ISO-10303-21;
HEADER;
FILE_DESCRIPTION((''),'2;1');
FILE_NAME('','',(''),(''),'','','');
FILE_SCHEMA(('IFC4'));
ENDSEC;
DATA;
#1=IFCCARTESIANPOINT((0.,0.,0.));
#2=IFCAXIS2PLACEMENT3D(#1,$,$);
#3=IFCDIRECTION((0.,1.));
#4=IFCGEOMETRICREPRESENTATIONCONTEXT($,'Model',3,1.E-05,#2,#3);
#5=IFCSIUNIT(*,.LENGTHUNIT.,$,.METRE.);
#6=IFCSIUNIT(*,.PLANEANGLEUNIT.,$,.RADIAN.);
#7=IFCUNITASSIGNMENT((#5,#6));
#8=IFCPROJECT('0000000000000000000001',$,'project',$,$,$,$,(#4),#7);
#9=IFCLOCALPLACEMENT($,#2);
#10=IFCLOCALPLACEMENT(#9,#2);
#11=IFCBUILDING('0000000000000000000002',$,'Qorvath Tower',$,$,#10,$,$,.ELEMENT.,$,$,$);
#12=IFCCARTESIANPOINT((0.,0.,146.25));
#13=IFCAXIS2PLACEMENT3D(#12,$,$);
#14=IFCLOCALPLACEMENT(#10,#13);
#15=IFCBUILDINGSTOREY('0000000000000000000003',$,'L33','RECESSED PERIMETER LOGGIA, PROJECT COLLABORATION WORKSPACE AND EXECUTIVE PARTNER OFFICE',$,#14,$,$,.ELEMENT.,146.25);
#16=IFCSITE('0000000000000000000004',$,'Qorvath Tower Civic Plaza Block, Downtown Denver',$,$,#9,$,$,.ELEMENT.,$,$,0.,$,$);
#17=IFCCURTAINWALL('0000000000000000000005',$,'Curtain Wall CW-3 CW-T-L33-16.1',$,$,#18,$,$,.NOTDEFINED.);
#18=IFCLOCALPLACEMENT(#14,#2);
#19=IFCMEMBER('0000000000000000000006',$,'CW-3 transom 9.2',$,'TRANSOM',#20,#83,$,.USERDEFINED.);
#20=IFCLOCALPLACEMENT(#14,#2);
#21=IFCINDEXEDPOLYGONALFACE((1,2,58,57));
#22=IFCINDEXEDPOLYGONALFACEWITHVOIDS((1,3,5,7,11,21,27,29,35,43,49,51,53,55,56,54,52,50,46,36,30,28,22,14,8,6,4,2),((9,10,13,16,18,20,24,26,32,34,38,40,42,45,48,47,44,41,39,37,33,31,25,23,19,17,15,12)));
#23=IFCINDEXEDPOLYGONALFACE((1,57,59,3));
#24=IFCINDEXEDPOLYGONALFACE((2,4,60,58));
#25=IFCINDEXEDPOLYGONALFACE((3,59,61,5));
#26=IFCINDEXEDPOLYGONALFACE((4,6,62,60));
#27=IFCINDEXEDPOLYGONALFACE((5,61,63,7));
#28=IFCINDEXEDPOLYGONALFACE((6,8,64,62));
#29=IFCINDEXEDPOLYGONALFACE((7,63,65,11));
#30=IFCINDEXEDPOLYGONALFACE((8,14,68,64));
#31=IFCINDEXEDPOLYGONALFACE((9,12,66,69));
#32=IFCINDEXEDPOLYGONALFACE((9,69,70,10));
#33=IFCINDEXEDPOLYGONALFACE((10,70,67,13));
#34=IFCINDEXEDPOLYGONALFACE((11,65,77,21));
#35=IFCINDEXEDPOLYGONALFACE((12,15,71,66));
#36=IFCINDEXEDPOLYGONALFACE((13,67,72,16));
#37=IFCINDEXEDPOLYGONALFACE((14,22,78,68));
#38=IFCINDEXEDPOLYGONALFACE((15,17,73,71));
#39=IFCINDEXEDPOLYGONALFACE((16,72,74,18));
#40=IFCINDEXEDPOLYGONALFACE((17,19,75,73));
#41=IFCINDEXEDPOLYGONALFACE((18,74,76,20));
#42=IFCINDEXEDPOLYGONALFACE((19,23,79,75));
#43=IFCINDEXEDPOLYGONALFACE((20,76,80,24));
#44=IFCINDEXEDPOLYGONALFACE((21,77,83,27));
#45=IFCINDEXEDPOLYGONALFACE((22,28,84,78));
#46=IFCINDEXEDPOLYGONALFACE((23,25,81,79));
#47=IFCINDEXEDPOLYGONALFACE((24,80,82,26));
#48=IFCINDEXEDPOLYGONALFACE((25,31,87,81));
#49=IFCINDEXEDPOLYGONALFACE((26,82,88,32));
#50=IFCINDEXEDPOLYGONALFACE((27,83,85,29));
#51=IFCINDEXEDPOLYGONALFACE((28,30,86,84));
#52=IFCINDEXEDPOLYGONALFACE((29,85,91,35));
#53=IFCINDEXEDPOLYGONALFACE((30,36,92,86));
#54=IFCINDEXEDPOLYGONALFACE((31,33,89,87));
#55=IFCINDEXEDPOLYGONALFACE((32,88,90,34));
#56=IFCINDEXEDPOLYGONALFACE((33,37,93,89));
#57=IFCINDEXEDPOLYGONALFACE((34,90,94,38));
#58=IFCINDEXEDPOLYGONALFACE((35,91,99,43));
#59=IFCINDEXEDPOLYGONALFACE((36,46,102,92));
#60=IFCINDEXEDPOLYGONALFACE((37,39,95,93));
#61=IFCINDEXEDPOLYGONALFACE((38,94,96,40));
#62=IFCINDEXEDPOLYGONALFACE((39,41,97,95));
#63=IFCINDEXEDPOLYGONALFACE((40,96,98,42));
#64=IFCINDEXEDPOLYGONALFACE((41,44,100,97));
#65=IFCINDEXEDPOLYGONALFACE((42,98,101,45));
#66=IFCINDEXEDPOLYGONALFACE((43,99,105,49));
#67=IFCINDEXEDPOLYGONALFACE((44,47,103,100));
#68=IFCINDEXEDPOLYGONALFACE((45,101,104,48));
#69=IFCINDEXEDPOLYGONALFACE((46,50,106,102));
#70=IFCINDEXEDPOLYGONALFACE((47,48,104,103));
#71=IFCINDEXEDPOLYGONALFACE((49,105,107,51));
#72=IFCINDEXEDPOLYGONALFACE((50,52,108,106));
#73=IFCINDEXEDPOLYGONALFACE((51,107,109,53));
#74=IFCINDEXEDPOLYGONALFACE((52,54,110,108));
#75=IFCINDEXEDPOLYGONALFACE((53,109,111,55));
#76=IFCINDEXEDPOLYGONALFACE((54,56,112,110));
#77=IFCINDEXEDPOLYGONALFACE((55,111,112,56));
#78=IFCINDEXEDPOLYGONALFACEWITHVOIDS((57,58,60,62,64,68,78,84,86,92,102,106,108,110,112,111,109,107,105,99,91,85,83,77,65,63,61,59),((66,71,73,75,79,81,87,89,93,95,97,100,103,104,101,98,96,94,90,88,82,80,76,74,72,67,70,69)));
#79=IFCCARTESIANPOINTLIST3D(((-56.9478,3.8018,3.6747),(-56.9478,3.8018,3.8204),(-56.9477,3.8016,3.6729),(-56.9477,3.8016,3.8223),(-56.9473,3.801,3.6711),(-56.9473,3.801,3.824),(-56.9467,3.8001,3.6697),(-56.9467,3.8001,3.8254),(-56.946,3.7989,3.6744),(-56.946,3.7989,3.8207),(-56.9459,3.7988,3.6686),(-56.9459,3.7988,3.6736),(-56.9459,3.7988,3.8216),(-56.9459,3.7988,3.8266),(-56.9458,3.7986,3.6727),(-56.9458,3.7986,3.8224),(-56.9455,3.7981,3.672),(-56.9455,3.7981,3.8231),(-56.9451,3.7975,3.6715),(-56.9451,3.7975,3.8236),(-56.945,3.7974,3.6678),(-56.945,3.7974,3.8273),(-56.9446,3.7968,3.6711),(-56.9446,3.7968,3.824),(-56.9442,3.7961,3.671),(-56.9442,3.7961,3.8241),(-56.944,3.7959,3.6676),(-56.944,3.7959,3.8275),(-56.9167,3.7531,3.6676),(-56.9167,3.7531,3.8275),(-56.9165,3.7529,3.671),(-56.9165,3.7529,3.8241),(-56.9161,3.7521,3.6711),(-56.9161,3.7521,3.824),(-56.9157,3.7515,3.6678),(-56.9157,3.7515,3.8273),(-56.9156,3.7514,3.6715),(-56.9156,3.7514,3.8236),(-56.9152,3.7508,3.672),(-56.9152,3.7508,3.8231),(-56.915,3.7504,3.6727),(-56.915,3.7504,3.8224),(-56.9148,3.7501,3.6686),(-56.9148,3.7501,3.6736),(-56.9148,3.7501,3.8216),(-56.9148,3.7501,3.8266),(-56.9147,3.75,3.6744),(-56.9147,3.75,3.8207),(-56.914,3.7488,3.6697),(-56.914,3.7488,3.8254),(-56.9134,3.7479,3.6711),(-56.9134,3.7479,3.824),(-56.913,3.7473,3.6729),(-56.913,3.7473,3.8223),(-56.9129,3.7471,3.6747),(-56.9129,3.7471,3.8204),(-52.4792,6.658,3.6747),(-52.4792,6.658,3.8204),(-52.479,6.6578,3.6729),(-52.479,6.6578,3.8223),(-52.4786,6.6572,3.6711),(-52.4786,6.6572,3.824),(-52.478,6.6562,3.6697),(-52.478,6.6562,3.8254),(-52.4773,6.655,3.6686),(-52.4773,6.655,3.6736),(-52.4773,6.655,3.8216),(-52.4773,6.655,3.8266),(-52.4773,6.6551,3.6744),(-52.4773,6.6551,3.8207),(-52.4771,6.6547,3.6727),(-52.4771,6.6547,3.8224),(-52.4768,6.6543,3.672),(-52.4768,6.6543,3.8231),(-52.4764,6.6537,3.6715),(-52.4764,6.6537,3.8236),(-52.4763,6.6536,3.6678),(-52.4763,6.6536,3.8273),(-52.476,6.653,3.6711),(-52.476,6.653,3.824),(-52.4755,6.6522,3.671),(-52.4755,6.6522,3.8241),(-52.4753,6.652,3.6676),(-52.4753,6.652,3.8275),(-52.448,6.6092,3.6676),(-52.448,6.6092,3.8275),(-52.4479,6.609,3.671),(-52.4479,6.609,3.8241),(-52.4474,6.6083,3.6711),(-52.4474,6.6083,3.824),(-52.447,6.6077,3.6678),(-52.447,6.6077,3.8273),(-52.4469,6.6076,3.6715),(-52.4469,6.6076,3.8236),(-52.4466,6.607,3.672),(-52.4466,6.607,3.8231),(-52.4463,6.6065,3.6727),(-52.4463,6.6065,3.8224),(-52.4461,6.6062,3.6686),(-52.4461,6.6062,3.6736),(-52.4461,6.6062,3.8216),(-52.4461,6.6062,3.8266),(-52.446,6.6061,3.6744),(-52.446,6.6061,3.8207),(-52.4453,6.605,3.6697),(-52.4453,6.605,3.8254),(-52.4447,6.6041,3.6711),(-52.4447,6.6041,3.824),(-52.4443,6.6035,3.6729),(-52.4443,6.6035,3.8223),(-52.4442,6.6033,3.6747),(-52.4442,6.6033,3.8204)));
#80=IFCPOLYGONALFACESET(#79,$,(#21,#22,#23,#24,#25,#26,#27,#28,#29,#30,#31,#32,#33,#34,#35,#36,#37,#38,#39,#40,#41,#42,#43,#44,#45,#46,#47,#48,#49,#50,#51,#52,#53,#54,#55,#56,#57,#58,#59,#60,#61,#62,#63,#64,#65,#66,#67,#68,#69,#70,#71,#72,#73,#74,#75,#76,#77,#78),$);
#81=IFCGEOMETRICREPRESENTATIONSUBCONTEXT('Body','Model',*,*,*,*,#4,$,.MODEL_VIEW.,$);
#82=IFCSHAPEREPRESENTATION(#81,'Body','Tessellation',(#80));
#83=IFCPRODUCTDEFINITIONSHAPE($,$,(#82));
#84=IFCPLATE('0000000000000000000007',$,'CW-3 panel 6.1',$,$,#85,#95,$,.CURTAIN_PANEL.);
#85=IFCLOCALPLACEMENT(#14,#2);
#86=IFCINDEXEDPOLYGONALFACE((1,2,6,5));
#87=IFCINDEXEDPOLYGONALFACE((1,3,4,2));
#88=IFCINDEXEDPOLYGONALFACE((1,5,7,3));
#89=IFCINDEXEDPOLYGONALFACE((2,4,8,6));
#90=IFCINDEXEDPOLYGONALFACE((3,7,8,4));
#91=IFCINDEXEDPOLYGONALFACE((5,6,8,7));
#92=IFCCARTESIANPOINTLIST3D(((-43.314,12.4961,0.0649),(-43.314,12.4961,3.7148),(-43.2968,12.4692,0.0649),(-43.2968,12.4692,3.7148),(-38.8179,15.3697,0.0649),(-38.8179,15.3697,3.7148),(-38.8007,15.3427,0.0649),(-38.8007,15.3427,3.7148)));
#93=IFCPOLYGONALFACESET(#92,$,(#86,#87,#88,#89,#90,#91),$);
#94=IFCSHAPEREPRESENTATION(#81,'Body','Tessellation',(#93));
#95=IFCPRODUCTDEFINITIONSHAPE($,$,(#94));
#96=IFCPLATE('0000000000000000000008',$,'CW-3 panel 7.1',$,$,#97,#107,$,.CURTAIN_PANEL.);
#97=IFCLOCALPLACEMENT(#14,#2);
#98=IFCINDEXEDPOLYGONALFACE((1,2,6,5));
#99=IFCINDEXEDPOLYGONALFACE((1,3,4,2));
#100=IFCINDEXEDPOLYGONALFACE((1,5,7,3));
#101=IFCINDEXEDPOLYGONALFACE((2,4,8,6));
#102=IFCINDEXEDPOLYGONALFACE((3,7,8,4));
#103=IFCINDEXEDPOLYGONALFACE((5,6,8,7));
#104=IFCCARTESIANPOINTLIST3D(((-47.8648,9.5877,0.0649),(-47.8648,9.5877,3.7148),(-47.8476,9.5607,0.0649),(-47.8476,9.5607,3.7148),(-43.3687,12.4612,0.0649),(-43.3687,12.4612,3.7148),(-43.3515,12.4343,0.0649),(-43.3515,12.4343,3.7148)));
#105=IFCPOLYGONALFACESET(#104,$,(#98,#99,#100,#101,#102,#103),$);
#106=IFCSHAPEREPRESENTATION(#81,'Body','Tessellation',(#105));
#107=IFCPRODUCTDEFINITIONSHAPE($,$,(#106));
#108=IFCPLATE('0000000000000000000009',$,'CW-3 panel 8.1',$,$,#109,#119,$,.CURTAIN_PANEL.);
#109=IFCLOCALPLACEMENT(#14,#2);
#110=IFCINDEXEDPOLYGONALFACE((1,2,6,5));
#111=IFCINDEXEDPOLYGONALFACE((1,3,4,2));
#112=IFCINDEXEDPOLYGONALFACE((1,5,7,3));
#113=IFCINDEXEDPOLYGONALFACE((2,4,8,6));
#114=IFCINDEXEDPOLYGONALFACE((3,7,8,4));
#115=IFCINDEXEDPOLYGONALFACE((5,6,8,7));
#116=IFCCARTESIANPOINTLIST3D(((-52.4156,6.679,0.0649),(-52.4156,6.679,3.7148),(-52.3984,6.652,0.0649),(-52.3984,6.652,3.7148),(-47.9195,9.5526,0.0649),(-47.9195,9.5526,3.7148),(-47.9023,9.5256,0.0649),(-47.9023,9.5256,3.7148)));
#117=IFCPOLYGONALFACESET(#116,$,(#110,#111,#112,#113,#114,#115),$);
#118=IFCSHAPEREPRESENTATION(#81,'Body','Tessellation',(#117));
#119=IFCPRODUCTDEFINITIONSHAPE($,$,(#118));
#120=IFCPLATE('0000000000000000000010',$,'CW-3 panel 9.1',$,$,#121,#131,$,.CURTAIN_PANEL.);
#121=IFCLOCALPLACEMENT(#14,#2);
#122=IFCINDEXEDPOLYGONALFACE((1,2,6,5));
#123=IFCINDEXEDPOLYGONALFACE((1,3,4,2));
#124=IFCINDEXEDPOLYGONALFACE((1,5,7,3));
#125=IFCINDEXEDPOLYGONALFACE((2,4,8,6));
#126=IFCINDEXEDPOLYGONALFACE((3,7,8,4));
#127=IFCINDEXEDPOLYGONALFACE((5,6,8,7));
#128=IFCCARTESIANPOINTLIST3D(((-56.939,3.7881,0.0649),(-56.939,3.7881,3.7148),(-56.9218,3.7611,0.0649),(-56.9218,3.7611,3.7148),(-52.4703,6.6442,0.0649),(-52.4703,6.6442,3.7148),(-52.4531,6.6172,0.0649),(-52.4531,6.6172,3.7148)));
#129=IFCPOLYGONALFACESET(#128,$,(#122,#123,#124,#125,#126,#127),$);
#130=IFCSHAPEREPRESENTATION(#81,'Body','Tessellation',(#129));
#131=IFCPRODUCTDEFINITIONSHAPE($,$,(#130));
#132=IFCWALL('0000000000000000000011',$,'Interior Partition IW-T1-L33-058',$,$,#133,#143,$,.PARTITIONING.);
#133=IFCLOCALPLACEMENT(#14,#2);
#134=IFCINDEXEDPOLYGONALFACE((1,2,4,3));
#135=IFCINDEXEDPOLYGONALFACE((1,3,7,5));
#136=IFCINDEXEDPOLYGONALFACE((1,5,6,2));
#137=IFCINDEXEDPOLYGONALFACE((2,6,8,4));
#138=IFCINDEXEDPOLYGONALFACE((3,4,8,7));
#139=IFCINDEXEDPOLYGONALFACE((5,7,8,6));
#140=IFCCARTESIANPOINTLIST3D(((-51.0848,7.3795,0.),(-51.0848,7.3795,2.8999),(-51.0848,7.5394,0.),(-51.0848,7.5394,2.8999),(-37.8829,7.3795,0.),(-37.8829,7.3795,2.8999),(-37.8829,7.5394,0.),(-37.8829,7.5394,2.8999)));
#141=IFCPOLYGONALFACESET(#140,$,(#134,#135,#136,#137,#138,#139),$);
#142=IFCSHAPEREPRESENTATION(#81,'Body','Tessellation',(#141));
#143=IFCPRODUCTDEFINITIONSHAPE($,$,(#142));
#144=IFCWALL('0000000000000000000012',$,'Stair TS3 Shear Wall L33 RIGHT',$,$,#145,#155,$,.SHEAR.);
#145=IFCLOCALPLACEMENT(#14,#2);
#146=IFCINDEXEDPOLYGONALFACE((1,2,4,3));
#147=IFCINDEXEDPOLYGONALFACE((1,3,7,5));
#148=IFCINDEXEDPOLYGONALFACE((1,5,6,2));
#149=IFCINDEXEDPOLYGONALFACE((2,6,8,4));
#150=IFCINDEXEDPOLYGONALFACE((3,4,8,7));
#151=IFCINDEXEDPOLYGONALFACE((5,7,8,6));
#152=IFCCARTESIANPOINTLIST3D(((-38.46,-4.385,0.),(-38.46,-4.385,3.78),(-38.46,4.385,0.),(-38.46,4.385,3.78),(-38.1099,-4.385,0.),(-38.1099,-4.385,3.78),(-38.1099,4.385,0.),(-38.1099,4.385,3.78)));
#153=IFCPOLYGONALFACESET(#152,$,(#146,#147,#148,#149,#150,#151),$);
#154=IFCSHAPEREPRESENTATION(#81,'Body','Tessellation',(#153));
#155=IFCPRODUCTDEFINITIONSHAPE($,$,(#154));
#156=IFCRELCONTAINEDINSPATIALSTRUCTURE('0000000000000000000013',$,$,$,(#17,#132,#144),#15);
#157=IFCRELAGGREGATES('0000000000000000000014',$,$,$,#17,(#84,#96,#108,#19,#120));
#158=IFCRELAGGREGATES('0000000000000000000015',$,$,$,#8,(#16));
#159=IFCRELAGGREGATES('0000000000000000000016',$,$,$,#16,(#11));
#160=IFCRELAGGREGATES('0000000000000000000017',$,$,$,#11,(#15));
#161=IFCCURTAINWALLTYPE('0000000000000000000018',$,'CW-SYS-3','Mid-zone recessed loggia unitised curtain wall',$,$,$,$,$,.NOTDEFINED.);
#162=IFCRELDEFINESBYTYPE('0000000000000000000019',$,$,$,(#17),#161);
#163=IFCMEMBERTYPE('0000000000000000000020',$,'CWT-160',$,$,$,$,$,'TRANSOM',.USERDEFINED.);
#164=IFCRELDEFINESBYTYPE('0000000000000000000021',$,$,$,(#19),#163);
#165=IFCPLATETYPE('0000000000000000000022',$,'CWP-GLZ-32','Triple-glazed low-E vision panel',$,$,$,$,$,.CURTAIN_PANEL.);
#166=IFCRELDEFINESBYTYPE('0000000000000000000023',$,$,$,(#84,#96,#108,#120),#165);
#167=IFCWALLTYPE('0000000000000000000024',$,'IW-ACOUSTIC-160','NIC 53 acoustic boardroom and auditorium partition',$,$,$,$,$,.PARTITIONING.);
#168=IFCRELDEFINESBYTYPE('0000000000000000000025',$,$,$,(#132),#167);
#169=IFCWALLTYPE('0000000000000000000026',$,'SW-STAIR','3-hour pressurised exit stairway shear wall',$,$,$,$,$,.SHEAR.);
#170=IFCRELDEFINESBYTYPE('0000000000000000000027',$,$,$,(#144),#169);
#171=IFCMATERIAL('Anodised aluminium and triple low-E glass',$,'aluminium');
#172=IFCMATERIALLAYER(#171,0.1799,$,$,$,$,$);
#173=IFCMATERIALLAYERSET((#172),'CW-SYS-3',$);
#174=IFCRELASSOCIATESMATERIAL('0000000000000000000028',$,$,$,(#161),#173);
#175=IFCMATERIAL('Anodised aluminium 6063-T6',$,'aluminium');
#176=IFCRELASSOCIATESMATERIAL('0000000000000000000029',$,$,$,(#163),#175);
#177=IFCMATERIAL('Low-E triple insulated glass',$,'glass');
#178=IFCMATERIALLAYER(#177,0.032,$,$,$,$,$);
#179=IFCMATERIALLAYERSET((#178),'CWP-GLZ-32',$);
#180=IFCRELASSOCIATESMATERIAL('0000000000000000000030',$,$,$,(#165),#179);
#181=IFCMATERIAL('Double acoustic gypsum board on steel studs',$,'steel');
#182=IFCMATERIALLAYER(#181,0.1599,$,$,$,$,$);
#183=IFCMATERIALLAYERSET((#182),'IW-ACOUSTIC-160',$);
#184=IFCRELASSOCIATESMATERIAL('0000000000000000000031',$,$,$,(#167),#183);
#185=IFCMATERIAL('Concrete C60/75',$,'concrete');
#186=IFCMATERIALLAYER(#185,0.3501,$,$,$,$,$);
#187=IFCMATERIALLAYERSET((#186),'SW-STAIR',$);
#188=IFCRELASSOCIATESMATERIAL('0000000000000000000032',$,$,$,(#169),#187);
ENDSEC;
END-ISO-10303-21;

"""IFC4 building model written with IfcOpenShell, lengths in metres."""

from ifc_helpers import new_model, si_unit, direction, frame, frame_2d, origin, origin_2d, place, context, subcontext, project, spatial, rectangle, hollow_rectangle, extrude, material, layer, layer_set, material_profile, profile_set, type_object, element, aggregate, save


model = new_model("IFC4")

# Units and contexts
model_context = context("Model", 3, precision=1e-05, world=origin(), true_north=direction((0.0, 1.0)))
body_context = subcontext(model_context, "Body", "Model", "MODEL_VIEW")
ifc_project = project(units=[si_unit("LENGTHUNIT", "METRE"), si_unit("PLANEANGLEUNIT", "RADIAN")], contexts=[model_context])

# Site, building, storey
site_placement = place(None, origin())
site = spatial("IfcSite", under=ifc_project, at=site_placement, Name="Qorvath Tower Civic Plaza Block, Downtown Denver", CompositionType="ELEMENT", RefElevation=0.0)
building_placement = place(site_placement, origin())
building = spatial("IfcBuilding", under=site, at=building_placement, Name="Qorvath Tower", CompositionType="ELEMENT")
storey_placement = place(building_placement, frame((0.0, 0.0, 146.25)))
storey = spatial("IfcBuildingStorey", under=building, at=storey_placement, Name="L33", Description="RECESSED PERIMETER LOGGIA, PROJECT COLLABORATION WORKSPACE AND EXECUTIVE PARTNER OFFICE", CompositionType="ELEMENT", Elevation=146.25)

# Curtain wall, member, plates
ifc_material_1 = material(Name="Anodised aluminium and triple low-E glass", Category="aluminium")
ifc_layer_1 = layer(ifc_material_1, 0.1799)
ifc_layer_set_1 = layer_set([ifc_layer_1], Name="CW-SYS-3")
curtain_wall_type = type_object("IfcCurtainWallType", Name="CW-SYS-3", Description="Mid-zone recessed loggia unitised curtain wall", PredefinedType="NOTDEFINED", material=ifc_layer_set_1)
curtain_wall_placement = place(storey_placement, origin())
curtain_wall = element("IfcCurtainWall", 1, at=curtain_wall_placement, inside=storey, type_object=curtain_wall_type, Name="Curtain Wall CW-3 CW-T-L33-16.1", PredefinedType="NOTDEFINED")
ifc_material_2 = material(Name="Anodised aluminium 6063-T6", Category="aluminium")
ifc_material_profile_1 = material_profile(ifc_material_2, hollow_rectangle(XDim=0.0649, YDim=0.1599, WallThickness=0.0034, InnerFilletRadius=0.0034, OuterFilletRadius=0.0071, at=origin_2d()), Name="CWT 160x65")
ifc_profile_set_1 = profile_set([ifc_material_profile_1], Name="Anodised aluminium 6063-T6")
member_type_1 = type_object("IfcMemberType", Name="CWT-160", ElementType="TRANSOM", PredefinedType="USERDEFINED", material=ifc_profile_set_1)
member_1_placement = place(storey_placement, frame((-52.4617, 6.6306, 3.7476), z_axis=(-0.842596, -0.538545, 0.0), x_axis=(0.538545, -0.842596, 0.0)))
member_1 = element("IfcMember", 2, at=member_1_placement, type_object=member_type_1, Name="CW-3 transom 9.2", ObjectType="TRANSOM", PredefinedType="USERDEFINED", context=body_context, shape_type="SweptSolid", body=[
    extrude(hollow_rectangle(XDim=0.0649, YDim=0.1599, WallThickness=0.0034, InnerFilletRadius=0.0034, OuterFilletRadius=0.0071, at=origin_2d()), origin(), (0.0, 0.0, 1.0), 5.3035),
])
ifc_material_3 = material(Name="Low-E triple insulated glass", Category="glass")
ifc_layer_2 = layer(ifc_material_3, 0.032)
ifc_layer_set_2 = layer_set([ifc_layer_2], Name="CWP-GLZ-32")
plate_type = type_object("IfcPlateType", Name="CWP-GLZ-32", Description="Triple-glazed low-E vision panel", PredefinedType="CURTAIN_PANEL", material=ifc_layer_set_2)
plate_1_placement = place(storey_placement, frame((-41.0574, 13.9194, 0.0649), z_axis=(0.0, 0.0, 1.0), x_axis=(-0.842604, -0.538533, 0.0)))
plate_1 = element("IfcPlate", 3, at=plate_1_placement, type_object=plate_type, Name="CW-3 panel 6.1", PredefinedType="CURTAIN_PANEL", context=body_context, shape_type="SweptSolid", body=[
    extrude(rectangle(XDim=5.3359, YDim=0.032, at=origin_2d()), origin(), (0.0, 0.0, 1.0), 3.6499),
])
plate_2_placement = place(storey_placement, frame((-45.6082, 11.011, 0.0649), z_axis=(0.0, 0.0, 1.0), x_axis=(-0.842604, -0.538533, 0.0)))
plate_2 = element("IfcPlate", 4, at=plate_2_placement, type_object=plate_type, Name="CW-3 panel 7.1", PredefinedType="CURTAIN_PANEL", context=body_context, shape_type="SweptSolid", body=[
    extrude(rectangle(XDim=5.3359, YDim=0.032, at=origin_2d()), origin(), (0.0, 0.0, 1.0), 3.6499),
])
plate_3_placement = place(storey_placement, frame((-50.1589, 8.1023, 0.0649), z_axis=(0.0, 0.0, 1.0), x_axis=(-0.842604, -0.538533, 0.0)))
plate_3 = element("IfcPlate", 5, at=plate_3_placement, type_object=plate_type, Name="CW-3 panel 8.1", PredefinedType="CURTAIN_PANEL", context=body_context, shape_type="SweptSolid", body=[
    extrude(rectangle(XDim=5.3359, YDim=0.032, at=origin_2d()), origin(), (0.0, 0.0, 1.0), 3.6499),
])
plate_4_placement = place(storey_placement, frame((-54.696, 5.2026, 0.0649), z_axis=(0.0, 0.0, 1.0), x_axis=(-0.842604, -0.538533, 0.0)))
plate_4 = element("IfcPlate", 6, at=plate_4_placement, type_object=plate_type, Name="CW-3 panel 9.1", PredefinedType="CURTAIN_PANEL", context=body_context, shape_type="SweptSolid", body=[
    extrude(rectangle(XDim=5.3035, YDim=0.032, at=origin_2d()), origin(), (0.0, 0.0, 1.0), 3.6499),
])
aggregate(curtain_wall, [plate_1, plate_2, plate_3, member_1, plate_4])

# Shared definitions
ifc_material_4 = material(Name="Double acoustic gypsum board on steel studs", Category="steel")
ifc_layer_3 = layer(ifc_material_4, 0.1599)
ifc_layer_set_3 = layer_set([ifc_layer_3], Name="IW-ACOUSTIC-160")
wall_type_1 = type_object("IfcWallType", Name="IW-ACOUSTIC-160", Description="NIC 53 acoustic boardroom and auditorium partition", PredefinedType="PARTITIONING", material=ifc_layer_set_3)

# Wall
wall_1_placement = place(storey_placement, frame((-37.8828, 7.4595, 0.0), z_axis=(0.0, 0.0, 1.0), x_axis=(-1.0, 0.0, 0.0)))
element("IfcWall", 7, at=wall_1_placement, inside=storey, type_object=wall_type_1, Name="Interior Partition IW-T1-L33-058", PredefinedType="PARTITIONING", context=body_context, shape_type="SweptSolid", body=[
    extrude(rectangle(XDim=13.2019, YDim=0.1599, at=frame_2d((6.6011, 0.0))), origin(), (0.0, 0.0, 1.0), 2.8999),
])

# Wall
ifc_material_5 = material(Name="Concrete C60/75", Category="concrete")
ifc_layer_4 = layer(ifc_material_5, 0.3501)
ifc_layer_set_4 = layer_set([ifc_layer_4], Name="SW-STAIR")
wall_type_2 = type_object("IfcWallType", Name="SW-STAIR", Description="3-hour pressurised exit stairway shear wall", PredefinedType="SHEAR", material=ifc_layer_set_4)
wall_2_placement = place(storey_placement, frame((-38.2849, 4.385, 0.0), z_axis=(0.0, 0.0, 1.0), x_axis=(0.0, -1.0, 0.0)))
element("IfcWall", 8, at=wall_2_placement, inside=storey, type_object=wall_type_2, Name="Stair TS3 Shear Wall L33 RIGHT", PredefinedType="SHEAR", context=body_context, shape_type="SweptSolid", body=[
    extrude(rectangle(XDim=8.77, YDim=0.3501, at=frame_2d((4.385, 0.0))), origin(), (0.0, 0.0, 1.0), 3.78),
])

save(model, "model.ifc")
